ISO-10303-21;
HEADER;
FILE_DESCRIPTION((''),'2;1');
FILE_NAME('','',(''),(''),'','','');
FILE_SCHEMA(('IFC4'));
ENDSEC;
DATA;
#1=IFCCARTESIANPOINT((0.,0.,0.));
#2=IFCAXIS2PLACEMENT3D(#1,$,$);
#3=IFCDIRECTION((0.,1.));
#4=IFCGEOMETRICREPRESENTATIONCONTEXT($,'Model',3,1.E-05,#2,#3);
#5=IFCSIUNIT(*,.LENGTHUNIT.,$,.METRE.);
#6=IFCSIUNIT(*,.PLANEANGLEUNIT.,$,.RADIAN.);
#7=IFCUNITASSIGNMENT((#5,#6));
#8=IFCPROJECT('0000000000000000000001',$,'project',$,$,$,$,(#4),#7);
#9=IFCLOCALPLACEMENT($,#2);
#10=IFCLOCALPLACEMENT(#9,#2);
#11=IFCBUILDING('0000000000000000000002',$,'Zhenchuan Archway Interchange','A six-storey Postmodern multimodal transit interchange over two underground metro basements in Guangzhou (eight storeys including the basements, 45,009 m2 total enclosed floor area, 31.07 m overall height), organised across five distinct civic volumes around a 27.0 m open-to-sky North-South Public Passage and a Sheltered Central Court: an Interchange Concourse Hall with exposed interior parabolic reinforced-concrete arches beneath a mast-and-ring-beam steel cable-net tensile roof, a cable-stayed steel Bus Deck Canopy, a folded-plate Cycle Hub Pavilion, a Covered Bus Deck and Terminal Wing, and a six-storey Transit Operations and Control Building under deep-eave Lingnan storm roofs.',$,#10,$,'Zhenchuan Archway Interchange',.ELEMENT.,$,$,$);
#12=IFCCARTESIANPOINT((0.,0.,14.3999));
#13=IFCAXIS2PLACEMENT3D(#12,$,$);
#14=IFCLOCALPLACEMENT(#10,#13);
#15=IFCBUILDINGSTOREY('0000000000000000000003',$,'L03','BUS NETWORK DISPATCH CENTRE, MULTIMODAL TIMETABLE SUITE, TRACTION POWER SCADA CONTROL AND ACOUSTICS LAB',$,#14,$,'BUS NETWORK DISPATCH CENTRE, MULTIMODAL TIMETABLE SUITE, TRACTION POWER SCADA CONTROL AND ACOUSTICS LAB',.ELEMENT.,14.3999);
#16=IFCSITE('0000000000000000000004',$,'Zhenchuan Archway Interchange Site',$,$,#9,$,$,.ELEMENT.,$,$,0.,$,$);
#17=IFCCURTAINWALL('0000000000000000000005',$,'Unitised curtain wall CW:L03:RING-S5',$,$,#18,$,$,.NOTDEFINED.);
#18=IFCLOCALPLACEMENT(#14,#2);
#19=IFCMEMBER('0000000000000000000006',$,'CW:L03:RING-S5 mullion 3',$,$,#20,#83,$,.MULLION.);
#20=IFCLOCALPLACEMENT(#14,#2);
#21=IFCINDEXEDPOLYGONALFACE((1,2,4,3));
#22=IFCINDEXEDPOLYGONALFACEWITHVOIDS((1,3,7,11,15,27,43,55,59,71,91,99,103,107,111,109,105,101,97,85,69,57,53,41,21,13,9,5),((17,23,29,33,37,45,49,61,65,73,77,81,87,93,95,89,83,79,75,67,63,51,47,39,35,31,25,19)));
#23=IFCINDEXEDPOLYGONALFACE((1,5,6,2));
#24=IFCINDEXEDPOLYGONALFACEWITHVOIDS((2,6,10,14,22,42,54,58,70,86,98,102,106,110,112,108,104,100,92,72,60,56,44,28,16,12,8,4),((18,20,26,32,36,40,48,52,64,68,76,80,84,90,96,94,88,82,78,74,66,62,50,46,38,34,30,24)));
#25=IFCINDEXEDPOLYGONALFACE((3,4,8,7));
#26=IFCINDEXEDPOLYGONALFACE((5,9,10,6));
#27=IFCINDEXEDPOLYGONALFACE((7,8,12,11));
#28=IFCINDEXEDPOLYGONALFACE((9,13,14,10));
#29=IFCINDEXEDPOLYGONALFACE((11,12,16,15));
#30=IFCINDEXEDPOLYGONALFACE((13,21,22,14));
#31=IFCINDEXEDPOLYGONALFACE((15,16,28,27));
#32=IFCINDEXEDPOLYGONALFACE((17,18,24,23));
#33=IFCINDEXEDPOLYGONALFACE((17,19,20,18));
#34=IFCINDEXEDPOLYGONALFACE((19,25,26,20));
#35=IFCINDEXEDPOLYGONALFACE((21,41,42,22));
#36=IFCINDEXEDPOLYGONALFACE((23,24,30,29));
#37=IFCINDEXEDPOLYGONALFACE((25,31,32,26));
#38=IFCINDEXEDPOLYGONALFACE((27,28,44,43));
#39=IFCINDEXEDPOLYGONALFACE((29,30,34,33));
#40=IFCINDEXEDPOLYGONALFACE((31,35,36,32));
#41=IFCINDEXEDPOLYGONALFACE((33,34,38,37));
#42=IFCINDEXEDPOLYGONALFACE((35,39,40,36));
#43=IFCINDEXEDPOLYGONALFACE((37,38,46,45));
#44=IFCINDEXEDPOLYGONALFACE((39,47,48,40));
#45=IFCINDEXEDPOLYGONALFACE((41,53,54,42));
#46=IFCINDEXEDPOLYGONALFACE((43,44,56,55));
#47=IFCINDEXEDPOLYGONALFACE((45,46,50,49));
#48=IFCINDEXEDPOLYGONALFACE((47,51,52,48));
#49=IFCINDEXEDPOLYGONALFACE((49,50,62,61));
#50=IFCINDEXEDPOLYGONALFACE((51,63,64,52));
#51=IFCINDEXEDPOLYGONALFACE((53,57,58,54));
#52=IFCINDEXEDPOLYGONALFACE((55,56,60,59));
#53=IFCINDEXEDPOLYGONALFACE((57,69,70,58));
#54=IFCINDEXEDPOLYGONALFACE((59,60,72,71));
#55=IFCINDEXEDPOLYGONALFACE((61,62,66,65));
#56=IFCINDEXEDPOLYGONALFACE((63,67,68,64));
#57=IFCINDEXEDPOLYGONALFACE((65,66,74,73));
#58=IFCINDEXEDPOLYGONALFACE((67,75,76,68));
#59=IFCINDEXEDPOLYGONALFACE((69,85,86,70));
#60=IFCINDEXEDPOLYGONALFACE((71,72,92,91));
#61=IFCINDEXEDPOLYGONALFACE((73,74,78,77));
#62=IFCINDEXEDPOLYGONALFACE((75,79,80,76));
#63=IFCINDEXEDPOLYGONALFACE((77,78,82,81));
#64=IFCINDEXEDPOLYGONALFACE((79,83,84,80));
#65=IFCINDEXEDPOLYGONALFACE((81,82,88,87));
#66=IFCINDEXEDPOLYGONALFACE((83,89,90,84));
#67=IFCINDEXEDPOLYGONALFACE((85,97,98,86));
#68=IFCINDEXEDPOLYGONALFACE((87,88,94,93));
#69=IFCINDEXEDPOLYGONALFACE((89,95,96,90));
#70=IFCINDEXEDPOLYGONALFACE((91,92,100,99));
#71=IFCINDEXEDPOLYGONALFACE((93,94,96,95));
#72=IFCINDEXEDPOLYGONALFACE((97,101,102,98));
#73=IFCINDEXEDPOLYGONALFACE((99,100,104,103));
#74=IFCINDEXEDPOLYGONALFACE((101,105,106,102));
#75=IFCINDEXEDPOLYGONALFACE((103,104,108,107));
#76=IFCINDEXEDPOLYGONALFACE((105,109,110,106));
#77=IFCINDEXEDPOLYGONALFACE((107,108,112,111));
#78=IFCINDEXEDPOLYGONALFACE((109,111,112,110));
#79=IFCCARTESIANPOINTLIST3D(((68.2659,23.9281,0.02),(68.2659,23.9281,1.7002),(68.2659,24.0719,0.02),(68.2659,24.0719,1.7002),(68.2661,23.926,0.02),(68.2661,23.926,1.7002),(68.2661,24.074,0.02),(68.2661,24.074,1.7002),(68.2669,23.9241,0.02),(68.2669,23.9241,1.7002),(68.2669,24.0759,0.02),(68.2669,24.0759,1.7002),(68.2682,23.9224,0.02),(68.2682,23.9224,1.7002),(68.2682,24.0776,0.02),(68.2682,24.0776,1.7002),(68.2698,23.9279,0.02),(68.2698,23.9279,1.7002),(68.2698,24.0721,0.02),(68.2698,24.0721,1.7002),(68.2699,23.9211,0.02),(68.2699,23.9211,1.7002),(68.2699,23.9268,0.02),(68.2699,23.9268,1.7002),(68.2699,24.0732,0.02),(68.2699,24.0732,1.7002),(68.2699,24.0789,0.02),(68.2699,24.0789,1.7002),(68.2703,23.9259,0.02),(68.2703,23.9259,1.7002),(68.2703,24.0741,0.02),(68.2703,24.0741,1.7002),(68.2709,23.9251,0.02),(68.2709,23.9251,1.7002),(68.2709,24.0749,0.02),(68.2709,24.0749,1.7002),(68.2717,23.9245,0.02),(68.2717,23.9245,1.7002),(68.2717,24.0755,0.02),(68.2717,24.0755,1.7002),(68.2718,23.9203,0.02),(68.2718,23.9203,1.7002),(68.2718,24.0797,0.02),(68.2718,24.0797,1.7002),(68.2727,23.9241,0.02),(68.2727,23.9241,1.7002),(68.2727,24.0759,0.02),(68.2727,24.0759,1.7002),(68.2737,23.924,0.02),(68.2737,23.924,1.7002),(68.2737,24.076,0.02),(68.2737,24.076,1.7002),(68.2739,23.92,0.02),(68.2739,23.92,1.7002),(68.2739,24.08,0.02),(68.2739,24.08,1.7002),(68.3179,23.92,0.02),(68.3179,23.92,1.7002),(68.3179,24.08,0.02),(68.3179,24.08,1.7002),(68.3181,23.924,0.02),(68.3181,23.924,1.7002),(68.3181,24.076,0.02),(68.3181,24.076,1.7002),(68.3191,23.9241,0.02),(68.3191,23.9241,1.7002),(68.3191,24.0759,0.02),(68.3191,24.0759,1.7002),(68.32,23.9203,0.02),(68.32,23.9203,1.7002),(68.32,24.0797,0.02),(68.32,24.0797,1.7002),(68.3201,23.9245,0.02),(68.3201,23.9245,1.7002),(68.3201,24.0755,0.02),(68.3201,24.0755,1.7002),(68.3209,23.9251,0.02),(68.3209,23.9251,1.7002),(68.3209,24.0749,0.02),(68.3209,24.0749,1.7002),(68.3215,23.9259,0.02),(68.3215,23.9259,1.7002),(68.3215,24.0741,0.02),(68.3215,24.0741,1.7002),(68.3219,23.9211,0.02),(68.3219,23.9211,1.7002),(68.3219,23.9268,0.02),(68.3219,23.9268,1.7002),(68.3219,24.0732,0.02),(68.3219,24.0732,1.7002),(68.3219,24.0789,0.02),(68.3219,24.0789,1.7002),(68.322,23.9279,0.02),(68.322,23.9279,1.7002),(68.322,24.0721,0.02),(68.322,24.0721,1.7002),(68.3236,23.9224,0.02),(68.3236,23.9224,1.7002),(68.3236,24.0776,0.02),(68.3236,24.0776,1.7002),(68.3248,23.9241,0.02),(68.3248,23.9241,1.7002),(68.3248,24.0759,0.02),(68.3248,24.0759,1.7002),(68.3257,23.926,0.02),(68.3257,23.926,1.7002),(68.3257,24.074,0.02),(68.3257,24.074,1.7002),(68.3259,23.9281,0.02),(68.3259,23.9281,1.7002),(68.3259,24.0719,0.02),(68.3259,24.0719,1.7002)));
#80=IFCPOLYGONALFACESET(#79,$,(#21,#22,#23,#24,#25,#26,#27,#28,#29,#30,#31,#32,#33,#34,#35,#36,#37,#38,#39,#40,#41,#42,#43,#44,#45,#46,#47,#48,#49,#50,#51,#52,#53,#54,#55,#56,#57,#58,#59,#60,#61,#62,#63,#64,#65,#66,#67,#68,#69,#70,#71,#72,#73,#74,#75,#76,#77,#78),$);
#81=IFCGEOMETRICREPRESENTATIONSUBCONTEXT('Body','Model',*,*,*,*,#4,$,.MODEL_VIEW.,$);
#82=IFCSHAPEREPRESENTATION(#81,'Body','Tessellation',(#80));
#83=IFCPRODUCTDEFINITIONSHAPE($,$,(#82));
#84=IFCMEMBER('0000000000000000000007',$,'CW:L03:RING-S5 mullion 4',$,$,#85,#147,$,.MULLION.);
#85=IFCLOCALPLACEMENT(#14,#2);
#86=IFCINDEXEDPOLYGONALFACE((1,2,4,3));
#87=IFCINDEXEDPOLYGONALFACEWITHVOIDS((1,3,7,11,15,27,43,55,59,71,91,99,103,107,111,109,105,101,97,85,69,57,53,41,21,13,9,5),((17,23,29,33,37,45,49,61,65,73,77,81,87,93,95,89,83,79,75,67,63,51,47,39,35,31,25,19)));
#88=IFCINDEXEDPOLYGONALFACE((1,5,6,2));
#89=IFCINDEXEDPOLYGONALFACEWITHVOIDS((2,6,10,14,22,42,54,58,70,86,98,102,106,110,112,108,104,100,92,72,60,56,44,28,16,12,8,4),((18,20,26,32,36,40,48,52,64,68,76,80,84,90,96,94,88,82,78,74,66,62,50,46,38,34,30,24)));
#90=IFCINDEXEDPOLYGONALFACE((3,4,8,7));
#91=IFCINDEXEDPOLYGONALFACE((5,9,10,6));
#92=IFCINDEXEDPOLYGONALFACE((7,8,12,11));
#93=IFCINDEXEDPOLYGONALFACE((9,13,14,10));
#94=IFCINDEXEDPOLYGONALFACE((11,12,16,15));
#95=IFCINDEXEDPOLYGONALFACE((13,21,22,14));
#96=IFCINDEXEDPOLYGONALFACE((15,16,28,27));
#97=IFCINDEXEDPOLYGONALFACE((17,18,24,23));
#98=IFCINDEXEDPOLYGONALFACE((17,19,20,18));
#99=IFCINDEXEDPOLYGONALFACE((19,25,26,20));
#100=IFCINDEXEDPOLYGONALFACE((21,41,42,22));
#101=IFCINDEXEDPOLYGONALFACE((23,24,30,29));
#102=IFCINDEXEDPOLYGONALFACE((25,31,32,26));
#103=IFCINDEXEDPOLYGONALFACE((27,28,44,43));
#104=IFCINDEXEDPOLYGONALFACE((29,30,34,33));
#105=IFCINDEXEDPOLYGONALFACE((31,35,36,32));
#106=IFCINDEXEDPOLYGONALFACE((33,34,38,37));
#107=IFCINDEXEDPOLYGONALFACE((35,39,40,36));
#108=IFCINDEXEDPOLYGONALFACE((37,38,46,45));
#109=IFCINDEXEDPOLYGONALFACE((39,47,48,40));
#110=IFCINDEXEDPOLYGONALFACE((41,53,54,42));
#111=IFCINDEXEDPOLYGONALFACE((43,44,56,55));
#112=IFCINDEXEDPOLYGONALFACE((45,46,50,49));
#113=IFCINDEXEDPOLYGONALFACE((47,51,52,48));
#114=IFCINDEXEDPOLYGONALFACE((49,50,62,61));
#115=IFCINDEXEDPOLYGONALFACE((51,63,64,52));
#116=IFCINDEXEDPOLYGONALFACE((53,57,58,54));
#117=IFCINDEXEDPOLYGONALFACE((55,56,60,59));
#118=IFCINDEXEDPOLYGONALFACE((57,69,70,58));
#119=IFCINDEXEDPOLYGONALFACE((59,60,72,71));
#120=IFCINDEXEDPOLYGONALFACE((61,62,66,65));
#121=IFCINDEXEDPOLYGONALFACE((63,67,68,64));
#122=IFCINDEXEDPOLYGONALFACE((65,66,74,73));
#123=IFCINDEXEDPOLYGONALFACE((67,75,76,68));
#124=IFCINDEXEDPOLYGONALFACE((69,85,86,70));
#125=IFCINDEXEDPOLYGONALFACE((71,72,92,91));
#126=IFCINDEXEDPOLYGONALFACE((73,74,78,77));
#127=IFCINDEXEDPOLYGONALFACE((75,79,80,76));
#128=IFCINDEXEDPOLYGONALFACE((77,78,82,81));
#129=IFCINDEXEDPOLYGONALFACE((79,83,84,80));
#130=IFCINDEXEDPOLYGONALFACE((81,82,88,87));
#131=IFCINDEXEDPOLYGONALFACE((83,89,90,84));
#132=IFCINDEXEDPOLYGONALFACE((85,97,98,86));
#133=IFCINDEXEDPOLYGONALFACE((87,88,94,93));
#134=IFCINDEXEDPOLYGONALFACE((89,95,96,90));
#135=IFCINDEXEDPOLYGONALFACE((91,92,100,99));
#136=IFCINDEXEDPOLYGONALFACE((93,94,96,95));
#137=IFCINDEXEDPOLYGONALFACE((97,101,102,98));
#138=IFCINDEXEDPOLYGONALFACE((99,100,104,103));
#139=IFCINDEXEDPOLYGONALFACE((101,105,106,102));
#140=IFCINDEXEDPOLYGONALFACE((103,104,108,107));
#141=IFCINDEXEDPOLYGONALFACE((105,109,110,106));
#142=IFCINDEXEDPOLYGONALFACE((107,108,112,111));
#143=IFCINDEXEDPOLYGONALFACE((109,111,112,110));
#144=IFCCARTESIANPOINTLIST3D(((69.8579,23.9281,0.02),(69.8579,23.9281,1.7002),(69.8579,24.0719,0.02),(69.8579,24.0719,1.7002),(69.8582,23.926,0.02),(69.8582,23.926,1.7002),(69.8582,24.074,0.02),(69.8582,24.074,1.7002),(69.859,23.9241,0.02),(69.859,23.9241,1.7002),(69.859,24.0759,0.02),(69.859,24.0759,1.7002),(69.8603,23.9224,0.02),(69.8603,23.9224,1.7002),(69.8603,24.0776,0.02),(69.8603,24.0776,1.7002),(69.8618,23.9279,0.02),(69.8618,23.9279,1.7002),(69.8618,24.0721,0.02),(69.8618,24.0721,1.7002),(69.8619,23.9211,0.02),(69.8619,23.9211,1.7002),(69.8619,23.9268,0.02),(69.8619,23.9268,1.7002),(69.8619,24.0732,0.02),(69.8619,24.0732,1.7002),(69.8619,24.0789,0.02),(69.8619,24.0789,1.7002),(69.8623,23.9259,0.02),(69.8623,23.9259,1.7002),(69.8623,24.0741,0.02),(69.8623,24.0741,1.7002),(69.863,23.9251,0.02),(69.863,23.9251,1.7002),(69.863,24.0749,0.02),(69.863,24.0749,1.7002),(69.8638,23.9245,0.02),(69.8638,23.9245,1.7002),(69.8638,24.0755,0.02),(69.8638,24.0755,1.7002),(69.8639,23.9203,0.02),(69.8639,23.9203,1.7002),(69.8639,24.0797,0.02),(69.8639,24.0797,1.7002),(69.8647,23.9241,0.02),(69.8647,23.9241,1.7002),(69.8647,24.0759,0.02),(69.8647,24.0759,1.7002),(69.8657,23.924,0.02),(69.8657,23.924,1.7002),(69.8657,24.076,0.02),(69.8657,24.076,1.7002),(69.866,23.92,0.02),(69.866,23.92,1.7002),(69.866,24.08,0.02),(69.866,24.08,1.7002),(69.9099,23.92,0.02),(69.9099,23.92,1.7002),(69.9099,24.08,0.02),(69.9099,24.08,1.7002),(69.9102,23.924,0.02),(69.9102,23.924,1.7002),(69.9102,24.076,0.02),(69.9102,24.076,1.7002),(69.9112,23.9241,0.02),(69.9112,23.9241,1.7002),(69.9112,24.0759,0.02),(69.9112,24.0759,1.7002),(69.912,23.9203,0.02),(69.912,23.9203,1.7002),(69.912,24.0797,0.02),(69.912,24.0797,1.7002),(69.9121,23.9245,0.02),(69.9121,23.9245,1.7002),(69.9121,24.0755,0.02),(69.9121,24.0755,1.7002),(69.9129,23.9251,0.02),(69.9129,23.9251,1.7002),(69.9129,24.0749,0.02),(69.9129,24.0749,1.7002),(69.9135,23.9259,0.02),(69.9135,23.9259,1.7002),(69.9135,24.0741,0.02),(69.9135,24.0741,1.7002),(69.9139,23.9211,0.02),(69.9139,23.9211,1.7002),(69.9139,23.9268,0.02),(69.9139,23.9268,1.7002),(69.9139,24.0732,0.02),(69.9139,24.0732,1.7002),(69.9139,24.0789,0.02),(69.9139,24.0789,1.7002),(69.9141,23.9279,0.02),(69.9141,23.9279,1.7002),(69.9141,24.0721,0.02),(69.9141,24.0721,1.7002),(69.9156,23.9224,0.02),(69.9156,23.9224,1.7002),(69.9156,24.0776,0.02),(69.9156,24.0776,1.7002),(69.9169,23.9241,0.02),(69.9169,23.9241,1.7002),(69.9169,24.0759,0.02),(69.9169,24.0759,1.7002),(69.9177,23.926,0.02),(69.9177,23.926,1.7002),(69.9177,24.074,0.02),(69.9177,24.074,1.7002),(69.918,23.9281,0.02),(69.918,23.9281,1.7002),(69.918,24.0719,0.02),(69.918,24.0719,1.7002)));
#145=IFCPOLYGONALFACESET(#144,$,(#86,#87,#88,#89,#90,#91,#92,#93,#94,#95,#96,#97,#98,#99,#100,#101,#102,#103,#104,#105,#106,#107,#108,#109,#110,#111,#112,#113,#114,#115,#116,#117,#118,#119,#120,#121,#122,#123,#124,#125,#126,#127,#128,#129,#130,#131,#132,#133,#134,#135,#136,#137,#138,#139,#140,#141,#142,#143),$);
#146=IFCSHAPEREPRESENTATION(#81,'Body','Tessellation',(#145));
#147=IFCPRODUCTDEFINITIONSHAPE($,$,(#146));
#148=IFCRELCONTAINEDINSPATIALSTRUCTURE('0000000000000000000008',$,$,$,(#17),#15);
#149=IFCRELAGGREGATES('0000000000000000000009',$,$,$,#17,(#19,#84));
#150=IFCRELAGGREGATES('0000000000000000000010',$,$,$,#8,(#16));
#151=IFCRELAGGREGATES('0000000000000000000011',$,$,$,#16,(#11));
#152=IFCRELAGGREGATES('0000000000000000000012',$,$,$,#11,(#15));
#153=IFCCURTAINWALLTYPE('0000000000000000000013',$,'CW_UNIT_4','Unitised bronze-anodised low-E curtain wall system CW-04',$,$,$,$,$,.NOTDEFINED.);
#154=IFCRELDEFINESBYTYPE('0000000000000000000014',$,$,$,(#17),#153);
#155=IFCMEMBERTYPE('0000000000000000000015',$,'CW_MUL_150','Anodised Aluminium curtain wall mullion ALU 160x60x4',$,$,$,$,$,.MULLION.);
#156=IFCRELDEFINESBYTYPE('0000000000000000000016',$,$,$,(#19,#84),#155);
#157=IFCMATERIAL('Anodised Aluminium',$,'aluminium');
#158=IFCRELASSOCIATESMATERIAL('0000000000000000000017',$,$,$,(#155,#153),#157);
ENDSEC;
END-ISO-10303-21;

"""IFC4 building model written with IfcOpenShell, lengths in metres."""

from ifc_helpers import new_model, si_unit, direction, frame, origin, origin_2d, place, context, subcontext, project, spatial, hollow_rectangle, extrude, material, material_profile, profile_set, type_object, element, aggregate, save


model = new_model("IFC4")

# Units and contexts
model_context = context("Model", 3, precision=1e-05, world=origin(), true_north=direction((0.0, 1.0)))
body_context = subcontext(model_context, "Body", "Model", "MODEL_VIEW")
ifc_project = project(units=[si_unit("LENGTHUNIT", "METRE"), si_unit("PLANEANGLEUNIT", "RADIAN")], contexts=[model_context])

# Site, building, storey
site_placement = place(None, origin())
site = spatial("IfcSite", under=ifc_project, at=site_placement, Name="Zhenchuan Archway Interchange Site", CompositionType="ELEMENT", RefElevation=0.0)
building_placement = place(site_placement, origin())
building = spatial("IfcBuilding", under=site, at=building_placement, Name="Zhenchuan Archway Interchange", Description="A six-storey Postmodern multimodal transit interchange over two underground metro basements in Guangzhou (eight storeys including the basements, 45,009 m2 total enclosed floor area, 31.07 m overall height), organised across five distinct civic volumes around a 27.0 m open-to-sky North-South Public Passage and a Sheltered Central Court: an Interchange Concourse Hall with exposed interior parabolic reinforced-concrete arches beneath a mast-and-ring-beam steel cable-net tensile roof, a cable-stayed steel Bus Deck Canopy, a folded-plate Cycle Hub Pavilion, a Covered Bus Deck and Terminal Wing, and a six-storey Transit Operations and Control Building under deep-eave Lingnan storm roofs.", LongName="Zhenchuan Archway Interchange", CompositionType="ELEMENT")
storey_placement = place(building_placement, frame((0.0, 0.0, 14.3999)))
storey = spatial("IfcBuildingStorey", under=building, at=storey_placement, Name="L03", Description="BUS NETWORK DISPATCH CENTRE, MULTIMODAL TIMETABLE SUITE, TRACTION POWER SCADA CONTROL AND ACOUSTICS LAB", LongName="BUS NETWORK DISPATCH CENTRE, MULTIMODAL TIMETABLE SUITE, TRACTION POWER SCADA CONTROL AND ACOUSTICS LAB", CompositionType="ELEMENT", Elevation=14.3999)

# Curtain wall, members
ifc_material_1 = material(Name="Anodised Aluminium", Category="aluminium")
ifc_material_profile_1 = material_profile(ifc_material_1, hollow_rectangle(XDim=0.0601, YDim=0.1599, WallThickness=0.0039, InnerFilletRadius=0.0039, OuterFilletRadius=0.0081, at=origin_2d()), Name="ALU 160x60x4")
ifc_profile_set_1 = profile_set([ifc_material_profile_1], Name="Anodised Aluminium")
member_type_1 = type_object("IfcMemberType", Name="CW_MUL_150", Description="Anodised Aluminium curtain wall mullion ALU 160x60x4", PredefinedType="MULLION", material=ifc_profile_set_1)
curtain_wall_type_1 = type_object("IfcCurtainWallType", Name="CW_UNIT_4", Description="Unitised bronze-anodised low-E curtain wall system CW-04", PredefinedType="NOTDEFINED", material=ifc_material_1)
curtain_wall_1_placement = place(storey_placement, origin())
curtain_wall_1 = element("IfcCurtainWall", 1, at=curtain_wall_1_placement, inside=storey, type_object=curtain_wall_type_1, Name="Unitised curtain wall CW:L03:RING-S5", PredefinedType="NOTDEFINED")
member_1_placement = place(storey_placement, frame((68.2959, 24.0, 0.02), z_axis=(0.0, 0.0, 1.0), x_axis=(1.0, 0.0, 0.0)))
member_1 = element("IfcMember", 2, at=member_1_placement, type_object=member_type_1, Name="CW:L03:RING-S5 mullion 3", PredefinedType="MULLION", context=body_context, shape_type="SweptSolid", body=[
    extrude(hollow_rectangle(XDim=0.0601, YDim=0.1599, WallThickness=0.0039, InnerFilletRadius=0.0039, OuterFilletRadius=0.0081, at=origin_2d()), origin(), (0.0, 0.0, 1.0), 1.6802),
])
member_2_placement = place(storey_placement, frame((69.8879, 24.0, 0.02), z_axis=(0.0, 0.0, 1.0), x_axis=(1.0, 0.0, 0.0)))
member_2 = element("IfcMember", 3, at=member_2_placement, type_object=member_type_1, Name="CW:L03:RING-S5 mullion 4", PredefinedType="MULLION", context=body_context, shape_type="SweptSolid", body=[
    extrude(hollow_rectangle(XDim=0.0601, YDim=0.1599, WallThickness=0.0039, InnerFilletRadius=0.0039, OuterFilletRadius=0.0081, at=origin_2d()), origin(), (0.0, 0.0, 1.0), 1.6802),
])

aggregate(curtain_wall_1, [member_1, member_2])

save(model, "model.ifc")
